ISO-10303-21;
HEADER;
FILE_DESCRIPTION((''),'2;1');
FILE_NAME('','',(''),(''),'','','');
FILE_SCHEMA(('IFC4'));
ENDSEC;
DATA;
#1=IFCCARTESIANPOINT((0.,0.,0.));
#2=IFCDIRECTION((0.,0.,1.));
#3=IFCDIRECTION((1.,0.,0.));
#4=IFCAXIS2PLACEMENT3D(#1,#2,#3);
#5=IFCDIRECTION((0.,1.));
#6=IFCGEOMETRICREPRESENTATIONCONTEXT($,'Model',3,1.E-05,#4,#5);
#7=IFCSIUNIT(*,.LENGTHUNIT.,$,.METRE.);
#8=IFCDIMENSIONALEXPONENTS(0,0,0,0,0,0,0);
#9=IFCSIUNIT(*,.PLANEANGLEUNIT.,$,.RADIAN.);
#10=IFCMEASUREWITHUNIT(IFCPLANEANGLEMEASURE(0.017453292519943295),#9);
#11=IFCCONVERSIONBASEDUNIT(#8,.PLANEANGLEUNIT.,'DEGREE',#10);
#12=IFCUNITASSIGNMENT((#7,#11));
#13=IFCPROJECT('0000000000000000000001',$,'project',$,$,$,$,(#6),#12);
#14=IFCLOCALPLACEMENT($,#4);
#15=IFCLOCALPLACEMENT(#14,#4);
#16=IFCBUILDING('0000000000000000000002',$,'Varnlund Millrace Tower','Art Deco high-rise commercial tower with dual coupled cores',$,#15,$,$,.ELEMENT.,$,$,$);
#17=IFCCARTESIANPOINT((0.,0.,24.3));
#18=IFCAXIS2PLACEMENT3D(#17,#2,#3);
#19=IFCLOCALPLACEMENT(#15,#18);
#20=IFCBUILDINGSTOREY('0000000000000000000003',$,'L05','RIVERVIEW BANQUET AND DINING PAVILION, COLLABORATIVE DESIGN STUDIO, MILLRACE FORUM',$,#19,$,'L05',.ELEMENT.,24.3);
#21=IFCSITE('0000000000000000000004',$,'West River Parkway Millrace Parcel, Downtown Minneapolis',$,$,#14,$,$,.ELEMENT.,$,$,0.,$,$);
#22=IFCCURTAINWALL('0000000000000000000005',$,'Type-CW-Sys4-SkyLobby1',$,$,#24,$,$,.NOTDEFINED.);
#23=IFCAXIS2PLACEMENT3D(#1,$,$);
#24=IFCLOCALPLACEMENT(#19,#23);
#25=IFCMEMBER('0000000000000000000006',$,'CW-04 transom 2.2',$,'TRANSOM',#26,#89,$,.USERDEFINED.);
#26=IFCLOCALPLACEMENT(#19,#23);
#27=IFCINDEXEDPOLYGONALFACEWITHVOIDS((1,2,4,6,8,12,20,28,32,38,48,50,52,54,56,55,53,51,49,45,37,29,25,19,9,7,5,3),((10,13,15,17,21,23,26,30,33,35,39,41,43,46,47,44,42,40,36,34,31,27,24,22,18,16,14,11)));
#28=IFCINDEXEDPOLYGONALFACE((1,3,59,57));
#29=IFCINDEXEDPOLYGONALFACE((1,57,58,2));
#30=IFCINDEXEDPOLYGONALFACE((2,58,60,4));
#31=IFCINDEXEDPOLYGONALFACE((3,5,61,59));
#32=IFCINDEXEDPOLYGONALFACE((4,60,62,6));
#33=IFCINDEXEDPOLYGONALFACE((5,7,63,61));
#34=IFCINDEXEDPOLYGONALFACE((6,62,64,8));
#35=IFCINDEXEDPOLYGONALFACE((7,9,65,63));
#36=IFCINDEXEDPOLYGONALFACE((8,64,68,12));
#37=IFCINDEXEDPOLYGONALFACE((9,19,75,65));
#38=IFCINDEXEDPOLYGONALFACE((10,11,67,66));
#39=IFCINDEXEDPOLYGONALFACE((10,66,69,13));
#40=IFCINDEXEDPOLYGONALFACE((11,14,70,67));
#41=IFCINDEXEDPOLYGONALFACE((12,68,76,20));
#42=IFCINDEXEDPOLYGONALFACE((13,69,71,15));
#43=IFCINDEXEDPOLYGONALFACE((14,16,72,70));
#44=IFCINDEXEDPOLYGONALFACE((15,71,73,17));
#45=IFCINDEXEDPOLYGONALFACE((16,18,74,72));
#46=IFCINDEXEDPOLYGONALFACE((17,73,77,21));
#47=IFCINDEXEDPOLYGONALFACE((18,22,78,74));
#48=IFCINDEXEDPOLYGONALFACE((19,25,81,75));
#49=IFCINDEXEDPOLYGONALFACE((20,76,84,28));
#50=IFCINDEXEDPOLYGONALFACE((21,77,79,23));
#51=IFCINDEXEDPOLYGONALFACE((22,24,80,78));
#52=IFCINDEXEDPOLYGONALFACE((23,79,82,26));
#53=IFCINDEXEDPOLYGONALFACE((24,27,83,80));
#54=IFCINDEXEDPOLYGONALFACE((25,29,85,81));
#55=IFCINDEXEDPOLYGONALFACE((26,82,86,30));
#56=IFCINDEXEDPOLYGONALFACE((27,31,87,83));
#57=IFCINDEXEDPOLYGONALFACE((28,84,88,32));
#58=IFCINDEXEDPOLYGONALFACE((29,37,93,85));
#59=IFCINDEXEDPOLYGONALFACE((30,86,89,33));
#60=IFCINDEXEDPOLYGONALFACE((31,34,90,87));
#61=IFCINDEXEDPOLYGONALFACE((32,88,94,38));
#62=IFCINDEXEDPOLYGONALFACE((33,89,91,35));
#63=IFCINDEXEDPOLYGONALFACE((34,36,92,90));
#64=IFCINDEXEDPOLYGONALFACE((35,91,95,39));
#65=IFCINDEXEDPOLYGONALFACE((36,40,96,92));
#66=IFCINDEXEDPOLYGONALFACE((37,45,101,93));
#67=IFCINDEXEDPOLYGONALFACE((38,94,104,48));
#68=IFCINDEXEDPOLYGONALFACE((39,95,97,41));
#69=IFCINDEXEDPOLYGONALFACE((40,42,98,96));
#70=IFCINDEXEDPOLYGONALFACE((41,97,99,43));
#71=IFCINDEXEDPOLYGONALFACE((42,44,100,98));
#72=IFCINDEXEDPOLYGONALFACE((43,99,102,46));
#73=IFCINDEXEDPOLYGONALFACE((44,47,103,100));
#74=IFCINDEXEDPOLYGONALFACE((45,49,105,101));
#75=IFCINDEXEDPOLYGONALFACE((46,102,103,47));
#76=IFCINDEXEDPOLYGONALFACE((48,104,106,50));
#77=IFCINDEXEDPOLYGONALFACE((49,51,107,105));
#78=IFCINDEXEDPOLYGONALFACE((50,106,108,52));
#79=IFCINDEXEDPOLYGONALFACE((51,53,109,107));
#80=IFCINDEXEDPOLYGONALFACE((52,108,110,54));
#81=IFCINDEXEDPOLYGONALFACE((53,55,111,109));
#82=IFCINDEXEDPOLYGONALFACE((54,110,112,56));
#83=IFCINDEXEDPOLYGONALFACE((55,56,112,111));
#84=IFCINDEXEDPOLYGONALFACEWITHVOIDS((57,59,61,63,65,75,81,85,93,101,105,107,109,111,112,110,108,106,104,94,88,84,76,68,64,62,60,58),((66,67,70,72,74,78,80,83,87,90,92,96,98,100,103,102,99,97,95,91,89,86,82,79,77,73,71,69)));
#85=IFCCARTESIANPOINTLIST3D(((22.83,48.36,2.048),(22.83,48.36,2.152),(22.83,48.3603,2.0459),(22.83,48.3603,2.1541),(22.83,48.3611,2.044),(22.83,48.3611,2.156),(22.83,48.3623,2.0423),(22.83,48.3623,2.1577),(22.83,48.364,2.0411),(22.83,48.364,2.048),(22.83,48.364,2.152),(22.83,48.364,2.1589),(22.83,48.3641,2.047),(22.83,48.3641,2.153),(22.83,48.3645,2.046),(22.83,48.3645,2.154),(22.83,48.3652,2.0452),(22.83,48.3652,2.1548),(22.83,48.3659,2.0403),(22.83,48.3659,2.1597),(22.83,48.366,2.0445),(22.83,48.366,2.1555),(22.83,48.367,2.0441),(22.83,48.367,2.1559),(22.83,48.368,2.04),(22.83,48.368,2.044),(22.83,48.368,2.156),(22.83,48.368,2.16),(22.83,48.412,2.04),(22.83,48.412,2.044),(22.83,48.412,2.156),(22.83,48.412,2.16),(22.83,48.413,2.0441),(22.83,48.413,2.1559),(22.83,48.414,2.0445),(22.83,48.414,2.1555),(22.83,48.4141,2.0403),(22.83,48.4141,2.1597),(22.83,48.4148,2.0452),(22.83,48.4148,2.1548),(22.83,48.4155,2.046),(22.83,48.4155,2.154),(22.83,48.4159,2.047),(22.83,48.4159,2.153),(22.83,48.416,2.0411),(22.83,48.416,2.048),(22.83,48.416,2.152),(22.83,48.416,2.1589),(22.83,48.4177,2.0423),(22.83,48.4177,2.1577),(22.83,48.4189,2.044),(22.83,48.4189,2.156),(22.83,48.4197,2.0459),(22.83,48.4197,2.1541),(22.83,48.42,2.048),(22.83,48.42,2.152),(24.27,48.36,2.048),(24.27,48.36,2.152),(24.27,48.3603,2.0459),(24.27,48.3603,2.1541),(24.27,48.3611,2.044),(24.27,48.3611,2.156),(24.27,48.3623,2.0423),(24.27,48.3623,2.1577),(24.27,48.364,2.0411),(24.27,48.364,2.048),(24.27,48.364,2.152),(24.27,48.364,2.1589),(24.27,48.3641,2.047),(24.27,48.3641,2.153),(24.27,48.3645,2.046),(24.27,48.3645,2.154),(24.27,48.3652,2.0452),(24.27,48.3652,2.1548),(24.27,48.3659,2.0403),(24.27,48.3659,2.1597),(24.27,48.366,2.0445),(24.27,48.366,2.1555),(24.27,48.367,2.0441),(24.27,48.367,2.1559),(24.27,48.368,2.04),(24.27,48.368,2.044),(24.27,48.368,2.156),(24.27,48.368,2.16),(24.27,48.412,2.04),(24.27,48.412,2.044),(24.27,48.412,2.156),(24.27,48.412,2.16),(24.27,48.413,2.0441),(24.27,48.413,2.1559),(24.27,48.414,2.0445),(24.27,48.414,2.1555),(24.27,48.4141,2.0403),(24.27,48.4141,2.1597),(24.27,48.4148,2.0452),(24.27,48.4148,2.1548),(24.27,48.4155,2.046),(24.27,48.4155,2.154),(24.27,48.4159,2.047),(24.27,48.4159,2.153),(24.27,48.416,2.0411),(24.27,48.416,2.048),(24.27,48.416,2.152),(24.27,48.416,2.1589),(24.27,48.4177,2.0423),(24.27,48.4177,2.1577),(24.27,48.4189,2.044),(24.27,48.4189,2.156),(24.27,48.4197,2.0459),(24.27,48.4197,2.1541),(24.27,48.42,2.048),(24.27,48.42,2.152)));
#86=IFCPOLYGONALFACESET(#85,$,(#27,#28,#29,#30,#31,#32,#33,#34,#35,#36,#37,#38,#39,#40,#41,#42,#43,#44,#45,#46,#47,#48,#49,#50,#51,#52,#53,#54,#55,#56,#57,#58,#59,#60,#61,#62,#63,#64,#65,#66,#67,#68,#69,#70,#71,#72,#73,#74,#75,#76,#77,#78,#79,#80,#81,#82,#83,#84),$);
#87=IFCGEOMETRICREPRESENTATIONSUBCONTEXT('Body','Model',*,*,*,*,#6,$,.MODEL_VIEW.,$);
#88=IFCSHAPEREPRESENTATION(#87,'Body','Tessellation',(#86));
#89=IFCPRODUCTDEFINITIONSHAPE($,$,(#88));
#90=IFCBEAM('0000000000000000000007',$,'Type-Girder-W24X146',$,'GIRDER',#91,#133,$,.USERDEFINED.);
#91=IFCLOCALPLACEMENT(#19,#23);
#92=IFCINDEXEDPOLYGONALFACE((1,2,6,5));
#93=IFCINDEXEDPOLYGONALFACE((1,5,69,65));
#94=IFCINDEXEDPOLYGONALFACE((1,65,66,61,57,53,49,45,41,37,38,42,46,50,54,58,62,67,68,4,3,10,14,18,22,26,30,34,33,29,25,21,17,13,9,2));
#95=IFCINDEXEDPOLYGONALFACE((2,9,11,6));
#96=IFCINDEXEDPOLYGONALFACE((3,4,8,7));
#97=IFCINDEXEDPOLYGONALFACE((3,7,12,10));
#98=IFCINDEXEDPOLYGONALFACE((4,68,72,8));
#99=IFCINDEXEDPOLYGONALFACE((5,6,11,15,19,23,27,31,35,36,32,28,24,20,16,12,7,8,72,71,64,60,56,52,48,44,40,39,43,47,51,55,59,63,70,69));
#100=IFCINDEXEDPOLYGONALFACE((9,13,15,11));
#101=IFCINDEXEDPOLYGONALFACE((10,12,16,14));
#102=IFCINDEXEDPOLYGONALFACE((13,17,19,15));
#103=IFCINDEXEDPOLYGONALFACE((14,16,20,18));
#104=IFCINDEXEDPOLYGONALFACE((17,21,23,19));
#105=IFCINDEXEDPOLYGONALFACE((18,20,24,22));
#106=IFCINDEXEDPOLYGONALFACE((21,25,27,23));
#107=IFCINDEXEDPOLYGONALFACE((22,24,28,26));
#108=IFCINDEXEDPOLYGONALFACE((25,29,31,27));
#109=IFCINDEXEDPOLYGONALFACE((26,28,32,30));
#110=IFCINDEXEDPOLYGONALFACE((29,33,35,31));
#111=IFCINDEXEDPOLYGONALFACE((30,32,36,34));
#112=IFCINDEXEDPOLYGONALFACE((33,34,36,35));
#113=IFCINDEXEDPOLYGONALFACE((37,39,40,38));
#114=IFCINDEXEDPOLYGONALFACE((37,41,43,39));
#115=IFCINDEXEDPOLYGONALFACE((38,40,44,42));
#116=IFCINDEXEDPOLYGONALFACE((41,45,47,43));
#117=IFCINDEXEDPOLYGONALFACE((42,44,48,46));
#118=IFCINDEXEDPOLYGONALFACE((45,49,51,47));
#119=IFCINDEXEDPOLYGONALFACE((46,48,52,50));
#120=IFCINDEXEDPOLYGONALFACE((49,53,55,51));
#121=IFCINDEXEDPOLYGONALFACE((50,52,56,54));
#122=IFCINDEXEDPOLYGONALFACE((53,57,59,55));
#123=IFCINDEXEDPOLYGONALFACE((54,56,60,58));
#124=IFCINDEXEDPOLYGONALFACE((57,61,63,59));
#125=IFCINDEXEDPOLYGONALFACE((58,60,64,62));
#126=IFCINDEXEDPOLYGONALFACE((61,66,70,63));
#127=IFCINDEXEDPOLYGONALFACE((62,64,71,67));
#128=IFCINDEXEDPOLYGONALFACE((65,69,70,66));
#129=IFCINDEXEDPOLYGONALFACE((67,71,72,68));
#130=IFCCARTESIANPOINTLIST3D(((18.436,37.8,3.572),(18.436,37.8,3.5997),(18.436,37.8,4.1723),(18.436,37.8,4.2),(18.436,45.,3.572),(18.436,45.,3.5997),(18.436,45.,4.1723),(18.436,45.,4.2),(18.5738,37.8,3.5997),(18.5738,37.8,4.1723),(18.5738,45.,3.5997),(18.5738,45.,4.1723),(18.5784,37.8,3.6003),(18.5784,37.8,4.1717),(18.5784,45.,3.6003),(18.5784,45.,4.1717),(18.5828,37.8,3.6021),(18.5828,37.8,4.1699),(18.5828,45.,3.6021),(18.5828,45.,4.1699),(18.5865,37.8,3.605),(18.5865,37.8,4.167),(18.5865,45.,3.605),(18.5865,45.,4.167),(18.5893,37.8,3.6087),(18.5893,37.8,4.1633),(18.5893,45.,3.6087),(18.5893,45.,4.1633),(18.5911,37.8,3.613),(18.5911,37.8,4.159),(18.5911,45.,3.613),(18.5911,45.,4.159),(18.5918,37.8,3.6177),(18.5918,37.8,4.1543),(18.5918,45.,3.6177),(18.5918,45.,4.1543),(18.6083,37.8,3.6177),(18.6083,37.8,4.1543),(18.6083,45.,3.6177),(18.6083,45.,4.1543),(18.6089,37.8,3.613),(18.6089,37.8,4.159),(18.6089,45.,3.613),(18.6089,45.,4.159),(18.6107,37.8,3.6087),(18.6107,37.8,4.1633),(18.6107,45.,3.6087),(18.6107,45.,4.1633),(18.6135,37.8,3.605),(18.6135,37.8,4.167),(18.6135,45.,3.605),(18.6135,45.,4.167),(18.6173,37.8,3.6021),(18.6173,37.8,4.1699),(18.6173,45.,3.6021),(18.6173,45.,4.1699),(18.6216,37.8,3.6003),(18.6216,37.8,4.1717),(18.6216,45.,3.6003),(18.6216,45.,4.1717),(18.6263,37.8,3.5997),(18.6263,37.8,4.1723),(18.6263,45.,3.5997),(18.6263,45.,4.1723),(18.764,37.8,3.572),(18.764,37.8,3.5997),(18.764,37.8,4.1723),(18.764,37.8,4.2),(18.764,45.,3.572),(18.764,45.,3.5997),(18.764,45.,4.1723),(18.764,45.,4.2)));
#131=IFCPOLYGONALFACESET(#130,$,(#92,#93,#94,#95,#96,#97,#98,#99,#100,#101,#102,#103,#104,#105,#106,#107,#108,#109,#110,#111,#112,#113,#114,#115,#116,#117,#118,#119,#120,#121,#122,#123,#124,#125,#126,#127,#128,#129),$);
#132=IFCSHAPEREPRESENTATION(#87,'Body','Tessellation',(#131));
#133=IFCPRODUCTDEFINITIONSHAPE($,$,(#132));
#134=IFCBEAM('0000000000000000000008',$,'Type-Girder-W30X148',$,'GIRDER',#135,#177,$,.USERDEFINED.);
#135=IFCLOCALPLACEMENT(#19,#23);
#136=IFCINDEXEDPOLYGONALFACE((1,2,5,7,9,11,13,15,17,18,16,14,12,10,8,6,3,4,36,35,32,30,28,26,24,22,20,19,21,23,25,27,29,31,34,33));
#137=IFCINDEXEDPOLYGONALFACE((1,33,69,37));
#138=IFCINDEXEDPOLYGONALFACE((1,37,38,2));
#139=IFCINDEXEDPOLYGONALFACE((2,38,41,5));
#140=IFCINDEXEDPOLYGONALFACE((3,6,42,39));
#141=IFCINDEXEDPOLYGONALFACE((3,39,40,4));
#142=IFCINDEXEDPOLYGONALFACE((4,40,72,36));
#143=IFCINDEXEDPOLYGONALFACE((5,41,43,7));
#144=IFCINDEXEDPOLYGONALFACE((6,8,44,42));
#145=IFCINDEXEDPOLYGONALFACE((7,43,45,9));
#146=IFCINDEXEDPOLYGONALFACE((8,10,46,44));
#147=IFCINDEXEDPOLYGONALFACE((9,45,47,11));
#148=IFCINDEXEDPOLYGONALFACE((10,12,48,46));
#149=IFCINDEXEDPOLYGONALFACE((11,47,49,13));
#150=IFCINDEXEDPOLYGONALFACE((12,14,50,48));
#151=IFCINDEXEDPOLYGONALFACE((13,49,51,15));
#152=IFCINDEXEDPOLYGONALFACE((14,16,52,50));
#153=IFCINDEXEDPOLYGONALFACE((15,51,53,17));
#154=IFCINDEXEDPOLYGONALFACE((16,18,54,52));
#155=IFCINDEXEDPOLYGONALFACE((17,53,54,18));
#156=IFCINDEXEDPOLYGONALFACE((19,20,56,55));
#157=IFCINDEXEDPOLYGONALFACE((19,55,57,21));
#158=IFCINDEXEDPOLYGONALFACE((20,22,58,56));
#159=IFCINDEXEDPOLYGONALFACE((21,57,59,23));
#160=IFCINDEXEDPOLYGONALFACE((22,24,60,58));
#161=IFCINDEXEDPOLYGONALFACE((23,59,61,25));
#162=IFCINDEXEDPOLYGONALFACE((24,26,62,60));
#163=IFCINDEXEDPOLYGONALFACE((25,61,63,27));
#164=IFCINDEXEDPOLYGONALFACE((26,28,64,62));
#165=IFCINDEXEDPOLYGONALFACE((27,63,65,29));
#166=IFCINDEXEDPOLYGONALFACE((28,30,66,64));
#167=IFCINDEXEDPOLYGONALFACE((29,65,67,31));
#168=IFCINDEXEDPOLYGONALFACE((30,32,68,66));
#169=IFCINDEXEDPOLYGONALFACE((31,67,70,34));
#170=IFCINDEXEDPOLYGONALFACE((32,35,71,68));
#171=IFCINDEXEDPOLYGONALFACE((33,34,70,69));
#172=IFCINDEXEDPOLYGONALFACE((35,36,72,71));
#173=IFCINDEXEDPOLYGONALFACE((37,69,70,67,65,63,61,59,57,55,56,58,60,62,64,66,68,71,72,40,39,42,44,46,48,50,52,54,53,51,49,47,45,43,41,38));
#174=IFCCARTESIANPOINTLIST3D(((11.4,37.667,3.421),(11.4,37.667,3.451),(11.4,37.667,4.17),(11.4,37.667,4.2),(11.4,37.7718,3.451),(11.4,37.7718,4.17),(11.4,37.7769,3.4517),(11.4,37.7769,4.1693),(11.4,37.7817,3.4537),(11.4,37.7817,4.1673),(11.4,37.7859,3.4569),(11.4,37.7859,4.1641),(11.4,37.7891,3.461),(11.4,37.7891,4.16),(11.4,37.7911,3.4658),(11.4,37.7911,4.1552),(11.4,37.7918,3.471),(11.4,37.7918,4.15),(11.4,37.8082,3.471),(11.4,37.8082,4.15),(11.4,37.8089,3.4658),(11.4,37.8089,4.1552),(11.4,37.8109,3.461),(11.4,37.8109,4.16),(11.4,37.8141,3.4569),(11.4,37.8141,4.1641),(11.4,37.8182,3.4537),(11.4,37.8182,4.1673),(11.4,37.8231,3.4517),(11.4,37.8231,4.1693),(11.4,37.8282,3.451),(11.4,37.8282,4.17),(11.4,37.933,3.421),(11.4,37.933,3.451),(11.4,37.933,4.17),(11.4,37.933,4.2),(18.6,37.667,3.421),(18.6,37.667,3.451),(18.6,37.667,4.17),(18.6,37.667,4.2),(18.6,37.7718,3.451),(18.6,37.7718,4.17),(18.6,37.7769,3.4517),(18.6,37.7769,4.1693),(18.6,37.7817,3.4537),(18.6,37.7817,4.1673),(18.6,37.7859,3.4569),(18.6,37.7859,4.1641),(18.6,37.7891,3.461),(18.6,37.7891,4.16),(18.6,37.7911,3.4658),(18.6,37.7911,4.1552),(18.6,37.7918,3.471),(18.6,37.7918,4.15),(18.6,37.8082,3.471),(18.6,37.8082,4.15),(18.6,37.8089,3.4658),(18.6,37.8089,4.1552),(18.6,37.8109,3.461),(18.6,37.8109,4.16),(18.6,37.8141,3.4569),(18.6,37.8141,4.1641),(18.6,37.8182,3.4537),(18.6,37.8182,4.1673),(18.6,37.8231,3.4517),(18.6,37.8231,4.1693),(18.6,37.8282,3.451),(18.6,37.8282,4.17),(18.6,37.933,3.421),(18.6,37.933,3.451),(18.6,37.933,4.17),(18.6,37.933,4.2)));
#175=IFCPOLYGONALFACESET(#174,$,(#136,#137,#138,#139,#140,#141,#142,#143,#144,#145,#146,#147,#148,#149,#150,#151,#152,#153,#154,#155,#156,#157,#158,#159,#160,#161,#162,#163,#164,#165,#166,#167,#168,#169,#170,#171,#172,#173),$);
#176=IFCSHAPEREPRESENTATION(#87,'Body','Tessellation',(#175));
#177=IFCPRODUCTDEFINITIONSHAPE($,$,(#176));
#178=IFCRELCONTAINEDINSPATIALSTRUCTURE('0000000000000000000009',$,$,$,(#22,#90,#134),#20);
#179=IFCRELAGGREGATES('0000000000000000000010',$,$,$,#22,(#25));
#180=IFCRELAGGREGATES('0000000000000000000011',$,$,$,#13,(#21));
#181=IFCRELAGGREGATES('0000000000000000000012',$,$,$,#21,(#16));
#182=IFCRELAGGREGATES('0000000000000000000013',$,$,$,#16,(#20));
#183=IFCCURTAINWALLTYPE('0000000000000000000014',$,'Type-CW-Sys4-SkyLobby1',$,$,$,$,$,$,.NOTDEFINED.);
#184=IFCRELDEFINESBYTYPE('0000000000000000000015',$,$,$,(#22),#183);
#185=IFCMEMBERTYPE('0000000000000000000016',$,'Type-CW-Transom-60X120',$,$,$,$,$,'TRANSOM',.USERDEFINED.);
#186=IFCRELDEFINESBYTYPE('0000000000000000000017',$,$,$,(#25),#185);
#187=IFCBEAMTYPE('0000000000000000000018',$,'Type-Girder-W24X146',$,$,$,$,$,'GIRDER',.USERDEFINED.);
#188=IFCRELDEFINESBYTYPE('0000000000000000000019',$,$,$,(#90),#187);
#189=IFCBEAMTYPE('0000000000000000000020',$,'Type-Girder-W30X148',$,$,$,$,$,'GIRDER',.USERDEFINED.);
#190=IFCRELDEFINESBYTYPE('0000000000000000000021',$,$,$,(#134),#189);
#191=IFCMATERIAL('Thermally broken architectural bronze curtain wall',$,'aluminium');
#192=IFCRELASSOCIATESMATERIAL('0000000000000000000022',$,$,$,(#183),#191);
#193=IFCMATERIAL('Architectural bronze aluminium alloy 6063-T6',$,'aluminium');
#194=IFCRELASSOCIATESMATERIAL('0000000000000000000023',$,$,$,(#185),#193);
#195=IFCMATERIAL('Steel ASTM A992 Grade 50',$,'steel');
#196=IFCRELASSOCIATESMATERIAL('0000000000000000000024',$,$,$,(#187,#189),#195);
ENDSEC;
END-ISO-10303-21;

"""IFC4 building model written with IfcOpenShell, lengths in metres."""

from ifc_helpers import new_model, entity, si_unit, converted_unit, direction, frame, origin_with_axes, origin_2d_with_axis, place, context, subcontext, project, spatial, hollow_rectangle, i_section, extrude, material, material_profile, profile_set, type_object, element, aggregate, save


model = new_model("IFC4")

# Units and contexts
model_context = context("Model", 3, precision=1e-05, world=origin_with_axes(), true_north=direction((0.0, 1.0)))
body_context = subcontext(model_context, "Body", "Model", "MODEL_VIEW")
ifc_project = project(units=[si_unit("LENGTHUNIT", "METRE"), converted_unit("PLANEANGLEUNIT", "DEGREE", entity("IfcPlaneAngleMeasure", 0.017453292519943295), si_unit("PLANEANGLEUNIT", "RADIAN"), dimensions=[0, 0, 0, 0, 0, 0, 0])], contexts=[model_context])

# Site, building, storey
site_placement = place(None, origin_with_axes())
site = spatial("IfcSite", under=ifc_project, at=site_placement, Name="West River Parkway Millrace Parcel, Downtown Minneapolis", CompositionType="ELEMENT", RefElevation=0.0)
building_placement = place(site_placement, origin_with_axes())
building = spatial("IfcBuilding", under=site, at=building_placement, Name="Varnlund Millrace Tower", Description="Art Deco high-rise commercial tower with dual coupled cores", CompositionType="ELEMENT")
storey_placement = place(building_placement, frame((0.0, 0.0, 24.3), z_axis=(0.0, 0.0, 1.0), x_axis=(1.0, 0.0, 0.0)))
storey = spatial("IfcBuildingStorey", under=building, at=storey_placement, Name="L05", Description="RIVERVIEW BANQUET AND DINING PAVILION, COLLABORATIVE DESIGN STUDIO, MILLRACE FORUM", LongName="L05", CompositionType="ELEMENT", Elevation=24.3)

# Curtain wall, member
ifc_material_1 = material(Name="Thermally broken architectural bronze curtain wall", Category="aluminium")
curtain_wall_type = type_object("IfcCurtainWallType", Name="Type-CW-Sys4-SkyLobby1", PredefinedType="NOTDEFINED", material=ifc_material_1)
curtain_wall_placement = place(storey_placement, frame((21.3, 48.39, 0.0), z_axis=(0.0, 0.0, 1.0), x_axis=(1.0, 0.0, 0.0)))
curtain_wall = element("IfcCurtainWall", 1, at=curtain_wall_placement, inside=storey, type_object=curtain_wall_type, Name="Type-CW-Sys4-SkyLobby1", PredefinedType="NOTDEFINED")
ifc_material_2 = material(Name="Architectural bronze aluminium alloy 6063-T6", Category="aluminium")
ifc_material_profile_1 = material_profile(ifc_material_2, hollow_rectangle(XDim=0.06, YDim=0.12, WallThickness=0.004, InnerFilletRadius=0.004, OuterFilletRadius=0.008, at=origin_2d_with_axis()), Name="Architectural bronze aluminium alloy 6063-T6")
ifc_profile_set_1 = profile_set([ifc_material_profile_1], Name="Architectural bronze aluminium alloy 6063-T6")
member_type_1 = type_object("IfcMemberType", Name="Type-CW-Transom-60X120", ElementType="TRANSOM", PredefinedType="USERDEFINED", material=ifc_profile_set_1)
member_1_placement = place(storey_placement, frame((22.83, 48.39, 2.1), z_axis=(1.0, 0.0, 0.0), x_axis=(0.0, 1.0, 0.0)))
member_1 = element("IfcMember", 2, at=member_1_placement, type_object=member_type_1, Name="CW-04 transom 2.2", ObjectType="TRANSOM", PredefinedType="USERDEFINED", context=body_context, shape_type="SweptSolid", body=[
    extrude(hollow_rectangle(XDim=0.06, YDim=0.12, WallThickness=0.004, InnerFilletRadius=0.004, OuterFilletRadius=0.008, at=origin_2d_with_axis()), origin_with_axes(), (0.0, 0.0, 1.0), 1.44),
])

# Beams
ifc_material_3 = material(Name="Steel ASTM A992 Grade 50", Category="steel")
ifc_material_profile_2 = material_profile(ifc_material_3, i_section(OverallWidth=0.328, OverallDepth=0.628, WebThickness=0.0165, FlangeThickness=0.0277, FilletRadius=0.018, at=origin_2d_with_axis()), Name="Steel ASTM A992 Grade 50")
ifc_profile_set_2 = profile_set([ifc_material_profile_2], Name="Steel ASTM A992 Grade 50")
beam_type_1 = type_object("IfcBeamType", Name="Type-Girder-W24X146", ElementType="GIRDER", PredefinedType="USERDEFINED", material=ifc_profile_set_2)
beam_1_placement = place(storey_placement, frame((18.6, 37.8, 3.886), z_axis=(0.0, 1.0, 0.0), x_axis=(-1.0, 0.0, 0.0)))
element("IfcBeam", 3, at=beam_1_placement, inside=storey, type_object=beam_type_1, Name="Type-Girder-W24X146", ObjectType="GIRDER", PredefinedType="USERDEFINED", context=body_context, shape_type="SweptSolid", body=[
    extrude(i_section(OverallWidth=0.328, OverallDepth=0.628, WebThickness=0.0165, FlangeThickness=0.0277, FilletRadius=0.018, at=origin_2d_with_axis()), origin_with_axes(), (0.0, 0.0, 1.0), 7.2),
])
ifc_material_profile_3 = material_profile(ifc_material_3, i_section(OverallWidth=0.266, OverallDepth=0.779, WebThickness=0.0165, FlangeThickness=0.03, FilletRadius=0.02, at=origin_2d_with_axis()), Name="Steel ASTM A992 Grade 50")
ifc_profile_set_3 = profile_set([ifc_material_profile_3], Name="Steel ASTM A992 Grade 50")
beam_type_2 = type_object("IfcBeamType", Name="Type-Girder-W30X148", ElementType="GIRDER", PredefinedType="USERDEFINED", material=ifc_profile_set_3)
for number, where, z_axis, x_axis, name in (
    (4, (11.4, 37.8, 3.8105), (1.0, 0.0, 0.0), (0.0, 1.0, 0.0), "Type-Girder-W30X148"),
):
    element("IfcBeam", number, at=place(storey_placement, frame(where, z_axis=z_axis, x_axis=x_axis)), inside=storey, type_object=beam_type_2, Name=name, ObjectType="GIRDER", PredefinedType="USERDEFINED", context=body_context, shape_type="SweptSolid", body=[
        extrude(i_section(OverallWidth=0.266, OverallDepth=0.779, WebThickness=0.0165, FlangeThickness=0.03, FilletRadius=0.02, at=origin_2d_with_axis()), origin_with_axes(), (0.0, 0.0, 1.0), 7.2),
    ])

aggregate(curtain_wall, [member_1])

save(model, "model.ifc")
